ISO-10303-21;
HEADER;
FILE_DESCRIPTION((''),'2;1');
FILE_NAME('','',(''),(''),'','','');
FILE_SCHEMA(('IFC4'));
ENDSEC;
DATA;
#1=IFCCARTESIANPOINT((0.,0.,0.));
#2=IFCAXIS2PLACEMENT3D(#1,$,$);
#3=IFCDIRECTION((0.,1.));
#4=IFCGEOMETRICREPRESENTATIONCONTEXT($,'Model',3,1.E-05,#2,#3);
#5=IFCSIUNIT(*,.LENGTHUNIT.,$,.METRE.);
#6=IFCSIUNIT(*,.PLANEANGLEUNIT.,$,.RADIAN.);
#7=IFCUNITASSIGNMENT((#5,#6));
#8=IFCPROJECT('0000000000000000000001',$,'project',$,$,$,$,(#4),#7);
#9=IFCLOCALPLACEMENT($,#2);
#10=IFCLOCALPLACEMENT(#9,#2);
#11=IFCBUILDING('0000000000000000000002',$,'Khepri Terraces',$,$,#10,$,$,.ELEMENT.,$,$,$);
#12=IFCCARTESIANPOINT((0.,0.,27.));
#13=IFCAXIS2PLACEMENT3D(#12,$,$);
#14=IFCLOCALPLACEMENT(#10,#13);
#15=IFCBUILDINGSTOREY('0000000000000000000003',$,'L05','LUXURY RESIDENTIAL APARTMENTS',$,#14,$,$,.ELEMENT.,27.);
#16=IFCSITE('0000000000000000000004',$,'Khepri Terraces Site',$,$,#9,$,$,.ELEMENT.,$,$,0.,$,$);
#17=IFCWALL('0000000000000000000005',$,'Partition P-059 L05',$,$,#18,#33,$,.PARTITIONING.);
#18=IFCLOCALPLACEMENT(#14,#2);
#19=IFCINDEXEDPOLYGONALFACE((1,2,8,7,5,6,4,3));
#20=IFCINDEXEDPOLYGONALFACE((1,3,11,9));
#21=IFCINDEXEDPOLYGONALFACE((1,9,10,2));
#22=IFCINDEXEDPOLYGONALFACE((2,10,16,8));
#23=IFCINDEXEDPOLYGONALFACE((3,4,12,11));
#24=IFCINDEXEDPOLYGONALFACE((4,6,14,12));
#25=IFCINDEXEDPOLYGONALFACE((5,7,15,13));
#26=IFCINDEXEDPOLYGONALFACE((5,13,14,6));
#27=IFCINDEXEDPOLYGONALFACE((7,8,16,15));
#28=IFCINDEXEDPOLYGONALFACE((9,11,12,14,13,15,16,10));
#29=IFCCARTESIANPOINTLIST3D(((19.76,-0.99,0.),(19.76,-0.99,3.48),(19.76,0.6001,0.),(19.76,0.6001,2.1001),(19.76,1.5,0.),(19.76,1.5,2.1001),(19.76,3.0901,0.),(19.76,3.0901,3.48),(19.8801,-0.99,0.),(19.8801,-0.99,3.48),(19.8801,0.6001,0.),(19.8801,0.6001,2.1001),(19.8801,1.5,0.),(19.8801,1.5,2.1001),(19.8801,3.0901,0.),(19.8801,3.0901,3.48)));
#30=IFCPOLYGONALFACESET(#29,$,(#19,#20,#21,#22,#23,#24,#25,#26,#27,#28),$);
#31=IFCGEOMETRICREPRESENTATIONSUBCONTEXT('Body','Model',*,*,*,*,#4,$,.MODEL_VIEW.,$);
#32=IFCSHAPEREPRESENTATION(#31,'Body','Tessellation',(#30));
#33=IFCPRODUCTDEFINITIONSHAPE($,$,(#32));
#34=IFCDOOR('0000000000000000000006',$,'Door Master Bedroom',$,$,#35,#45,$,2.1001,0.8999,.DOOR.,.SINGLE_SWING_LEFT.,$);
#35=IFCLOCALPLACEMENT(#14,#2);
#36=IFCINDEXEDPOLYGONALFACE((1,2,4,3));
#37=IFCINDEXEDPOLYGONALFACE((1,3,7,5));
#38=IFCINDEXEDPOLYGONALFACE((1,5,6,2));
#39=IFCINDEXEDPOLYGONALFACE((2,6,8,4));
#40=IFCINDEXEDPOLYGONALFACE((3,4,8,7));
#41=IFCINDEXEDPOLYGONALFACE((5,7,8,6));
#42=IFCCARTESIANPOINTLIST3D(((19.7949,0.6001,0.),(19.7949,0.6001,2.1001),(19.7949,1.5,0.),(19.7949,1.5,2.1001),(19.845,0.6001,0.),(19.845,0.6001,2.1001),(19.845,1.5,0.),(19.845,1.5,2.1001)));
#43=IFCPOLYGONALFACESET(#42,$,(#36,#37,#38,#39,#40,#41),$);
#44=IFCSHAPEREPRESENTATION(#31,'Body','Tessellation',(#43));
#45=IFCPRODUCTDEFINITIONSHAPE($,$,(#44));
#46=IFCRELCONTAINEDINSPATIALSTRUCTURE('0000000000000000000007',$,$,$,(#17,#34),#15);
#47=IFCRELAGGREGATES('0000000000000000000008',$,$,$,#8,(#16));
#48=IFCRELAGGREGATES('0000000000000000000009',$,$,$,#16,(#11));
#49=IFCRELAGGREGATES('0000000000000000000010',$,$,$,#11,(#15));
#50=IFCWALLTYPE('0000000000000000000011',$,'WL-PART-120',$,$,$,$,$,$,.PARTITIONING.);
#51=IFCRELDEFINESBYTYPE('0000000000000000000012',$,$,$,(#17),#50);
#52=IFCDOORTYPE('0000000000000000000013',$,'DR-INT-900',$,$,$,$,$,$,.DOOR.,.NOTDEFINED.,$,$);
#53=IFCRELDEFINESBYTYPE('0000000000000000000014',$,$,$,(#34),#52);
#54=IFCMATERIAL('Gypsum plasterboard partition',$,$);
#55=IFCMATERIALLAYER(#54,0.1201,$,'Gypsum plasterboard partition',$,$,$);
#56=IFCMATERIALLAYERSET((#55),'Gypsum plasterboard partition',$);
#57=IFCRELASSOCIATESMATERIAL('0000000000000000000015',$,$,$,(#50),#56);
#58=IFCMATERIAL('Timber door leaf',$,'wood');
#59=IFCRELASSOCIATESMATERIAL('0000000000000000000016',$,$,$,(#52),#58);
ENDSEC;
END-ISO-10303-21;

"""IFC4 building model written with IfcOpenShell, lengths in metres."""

from ifc_helpers import new_model, si_unit, direction, frame, frame_2d, origin, place, context, subcontext, project, spatial, rectangle, extrude, material, layer, layer_set, type_object, element, fill, save


model = new_model("IFC4")

# Units and contexts
model_context = context("Model", 3, precision=1e-05, world=origin(), true_north=direction((0.0, 1.0)))
body_context = subcontext(model_context, "Body", "Model", "MODEL_VIEW")
ifc_project = project(units=[si_unit("LENGTHUNIT", "METRE"), si_unit("PLANEANGLEUNIT", "RADIAN")], contexts=[model_context])

# Site, building, storey
site_placement = place(None, origin())
site = spatial("IfcSite", under=ifc_project, at=site_placement, Name="Khepri Terraces Site", CompositionType="ELEMENT", RefElevation=0.0)
building_placement = place(site_placement, origin())
building = spatial("IfcBuilding", under=site, at=building_placement, Name="Khepri Terraces", CompositionType="ELEMENT")
storey_placement = place(building_placement, frame((0.0, 0.0, 27.0)))
storey = spatial("IfcBuildingStorey", under=building, at=storey_placement, Name="L05", Description="LUXURY RESIDENTIAL APARTMENTS", CompositionType="ELEMENT", Elevation=27.0)

# Shared definitions
ifc_material_1 = material(Name="Gypsum plasterboard partition")
ifc_layer_1 = layer(ifc_material_1, 0.1201, Name="Gypsum plasterboard partition")
ifc_layer_set_1 = layer_set([ifc_layer_1], Name="Gypsum plasterboard partition")
wall_type_1 = type_object("IfcWallType", Name="WL-PART-120", PredefinedType="PARTITIONING", material=ifc_layer_set_1)
ifc_material_2 = material(Name="Timber door leaf", Category="wood")
door_type_1 = type_object("IfcDoorType", Name="DR-INT-900", OperationType="NOTDEFINED", PredefinedType="DOOR", material=ifc_material_2)

# Wall, opening, door
wall_1_placement = place(storey_placement, frame((19.8201, -0.99, 0.0), z_axis=(0.0, 0.0, 1.0), x_axis=(0.0, 1.0, 0.0)))
wall_1 = element("IfcWall", 1, at=wall_1_placement, inside=storey, type_object=wall_type_1, Name="Partition P-059 L05", PredefinedType="PARTITIONING", context=body_context, shape_type="SweptSolid", body=[
    extrude(rectangle(XDim=4.0801, YDim=0.1201, at=frame_2d((2.04, 0.0))), origin(), (0.0, 0.0, 1.0), 3.48),
])
opening_1_placement = place(wall_1_placement, frame((1.5901, 0.0, 0.0)))
opening_1 = element("IfcOpeningElement", 2, at=opening_1_placement, cuts=wall_1, PredefinedType="OPENING", context=body_context, shape_type="SweptSolid", body=[
    extrude(rectangle(XDim=0.8999, YDim=2.1001, at=frame_2d((0.45, 1.05))), frame((0.0, 0.0701, 0.0), z_axis=(0.0, -1.0, 0.0), x_axis=(1.0, 0.0, 0.0)), (0.0, 0.0, 1.0), 0.1401),
])
door_1_placement = place(opening_1_placement, frame((0.8999, 0.0, 0.0), z_axis=(0.0, 0.0, 1.0), x_axis=(-1.0, 0.0, 0.0)))
door_1 = element("IfcDoor", 3, at=door_1_placement, inside=storey, type_object=door_type_1, Name="Door Master Bedroom", OperationType="SINGLE_SWING_LEFT", OverallHeight=2.1001, OverallWidth=0.8999, PredefinedType="DOOR", context=body_context, shape_type="SweptSolid", body=[
    extrude(rectangle(XDim=0.8999, YDim=2.1001, at=frame_2d((0.45, 1.05))), frame((0.0, 0.0249, 0.0), z_axis=(0.0, -1.0, 0.0), x_axis=(1.0, 0.0, 0.0)), (0.0, 0.0, 1.0), 0.05),
])
fill(opening_1, door_1)

save(model, "model.ifc")
